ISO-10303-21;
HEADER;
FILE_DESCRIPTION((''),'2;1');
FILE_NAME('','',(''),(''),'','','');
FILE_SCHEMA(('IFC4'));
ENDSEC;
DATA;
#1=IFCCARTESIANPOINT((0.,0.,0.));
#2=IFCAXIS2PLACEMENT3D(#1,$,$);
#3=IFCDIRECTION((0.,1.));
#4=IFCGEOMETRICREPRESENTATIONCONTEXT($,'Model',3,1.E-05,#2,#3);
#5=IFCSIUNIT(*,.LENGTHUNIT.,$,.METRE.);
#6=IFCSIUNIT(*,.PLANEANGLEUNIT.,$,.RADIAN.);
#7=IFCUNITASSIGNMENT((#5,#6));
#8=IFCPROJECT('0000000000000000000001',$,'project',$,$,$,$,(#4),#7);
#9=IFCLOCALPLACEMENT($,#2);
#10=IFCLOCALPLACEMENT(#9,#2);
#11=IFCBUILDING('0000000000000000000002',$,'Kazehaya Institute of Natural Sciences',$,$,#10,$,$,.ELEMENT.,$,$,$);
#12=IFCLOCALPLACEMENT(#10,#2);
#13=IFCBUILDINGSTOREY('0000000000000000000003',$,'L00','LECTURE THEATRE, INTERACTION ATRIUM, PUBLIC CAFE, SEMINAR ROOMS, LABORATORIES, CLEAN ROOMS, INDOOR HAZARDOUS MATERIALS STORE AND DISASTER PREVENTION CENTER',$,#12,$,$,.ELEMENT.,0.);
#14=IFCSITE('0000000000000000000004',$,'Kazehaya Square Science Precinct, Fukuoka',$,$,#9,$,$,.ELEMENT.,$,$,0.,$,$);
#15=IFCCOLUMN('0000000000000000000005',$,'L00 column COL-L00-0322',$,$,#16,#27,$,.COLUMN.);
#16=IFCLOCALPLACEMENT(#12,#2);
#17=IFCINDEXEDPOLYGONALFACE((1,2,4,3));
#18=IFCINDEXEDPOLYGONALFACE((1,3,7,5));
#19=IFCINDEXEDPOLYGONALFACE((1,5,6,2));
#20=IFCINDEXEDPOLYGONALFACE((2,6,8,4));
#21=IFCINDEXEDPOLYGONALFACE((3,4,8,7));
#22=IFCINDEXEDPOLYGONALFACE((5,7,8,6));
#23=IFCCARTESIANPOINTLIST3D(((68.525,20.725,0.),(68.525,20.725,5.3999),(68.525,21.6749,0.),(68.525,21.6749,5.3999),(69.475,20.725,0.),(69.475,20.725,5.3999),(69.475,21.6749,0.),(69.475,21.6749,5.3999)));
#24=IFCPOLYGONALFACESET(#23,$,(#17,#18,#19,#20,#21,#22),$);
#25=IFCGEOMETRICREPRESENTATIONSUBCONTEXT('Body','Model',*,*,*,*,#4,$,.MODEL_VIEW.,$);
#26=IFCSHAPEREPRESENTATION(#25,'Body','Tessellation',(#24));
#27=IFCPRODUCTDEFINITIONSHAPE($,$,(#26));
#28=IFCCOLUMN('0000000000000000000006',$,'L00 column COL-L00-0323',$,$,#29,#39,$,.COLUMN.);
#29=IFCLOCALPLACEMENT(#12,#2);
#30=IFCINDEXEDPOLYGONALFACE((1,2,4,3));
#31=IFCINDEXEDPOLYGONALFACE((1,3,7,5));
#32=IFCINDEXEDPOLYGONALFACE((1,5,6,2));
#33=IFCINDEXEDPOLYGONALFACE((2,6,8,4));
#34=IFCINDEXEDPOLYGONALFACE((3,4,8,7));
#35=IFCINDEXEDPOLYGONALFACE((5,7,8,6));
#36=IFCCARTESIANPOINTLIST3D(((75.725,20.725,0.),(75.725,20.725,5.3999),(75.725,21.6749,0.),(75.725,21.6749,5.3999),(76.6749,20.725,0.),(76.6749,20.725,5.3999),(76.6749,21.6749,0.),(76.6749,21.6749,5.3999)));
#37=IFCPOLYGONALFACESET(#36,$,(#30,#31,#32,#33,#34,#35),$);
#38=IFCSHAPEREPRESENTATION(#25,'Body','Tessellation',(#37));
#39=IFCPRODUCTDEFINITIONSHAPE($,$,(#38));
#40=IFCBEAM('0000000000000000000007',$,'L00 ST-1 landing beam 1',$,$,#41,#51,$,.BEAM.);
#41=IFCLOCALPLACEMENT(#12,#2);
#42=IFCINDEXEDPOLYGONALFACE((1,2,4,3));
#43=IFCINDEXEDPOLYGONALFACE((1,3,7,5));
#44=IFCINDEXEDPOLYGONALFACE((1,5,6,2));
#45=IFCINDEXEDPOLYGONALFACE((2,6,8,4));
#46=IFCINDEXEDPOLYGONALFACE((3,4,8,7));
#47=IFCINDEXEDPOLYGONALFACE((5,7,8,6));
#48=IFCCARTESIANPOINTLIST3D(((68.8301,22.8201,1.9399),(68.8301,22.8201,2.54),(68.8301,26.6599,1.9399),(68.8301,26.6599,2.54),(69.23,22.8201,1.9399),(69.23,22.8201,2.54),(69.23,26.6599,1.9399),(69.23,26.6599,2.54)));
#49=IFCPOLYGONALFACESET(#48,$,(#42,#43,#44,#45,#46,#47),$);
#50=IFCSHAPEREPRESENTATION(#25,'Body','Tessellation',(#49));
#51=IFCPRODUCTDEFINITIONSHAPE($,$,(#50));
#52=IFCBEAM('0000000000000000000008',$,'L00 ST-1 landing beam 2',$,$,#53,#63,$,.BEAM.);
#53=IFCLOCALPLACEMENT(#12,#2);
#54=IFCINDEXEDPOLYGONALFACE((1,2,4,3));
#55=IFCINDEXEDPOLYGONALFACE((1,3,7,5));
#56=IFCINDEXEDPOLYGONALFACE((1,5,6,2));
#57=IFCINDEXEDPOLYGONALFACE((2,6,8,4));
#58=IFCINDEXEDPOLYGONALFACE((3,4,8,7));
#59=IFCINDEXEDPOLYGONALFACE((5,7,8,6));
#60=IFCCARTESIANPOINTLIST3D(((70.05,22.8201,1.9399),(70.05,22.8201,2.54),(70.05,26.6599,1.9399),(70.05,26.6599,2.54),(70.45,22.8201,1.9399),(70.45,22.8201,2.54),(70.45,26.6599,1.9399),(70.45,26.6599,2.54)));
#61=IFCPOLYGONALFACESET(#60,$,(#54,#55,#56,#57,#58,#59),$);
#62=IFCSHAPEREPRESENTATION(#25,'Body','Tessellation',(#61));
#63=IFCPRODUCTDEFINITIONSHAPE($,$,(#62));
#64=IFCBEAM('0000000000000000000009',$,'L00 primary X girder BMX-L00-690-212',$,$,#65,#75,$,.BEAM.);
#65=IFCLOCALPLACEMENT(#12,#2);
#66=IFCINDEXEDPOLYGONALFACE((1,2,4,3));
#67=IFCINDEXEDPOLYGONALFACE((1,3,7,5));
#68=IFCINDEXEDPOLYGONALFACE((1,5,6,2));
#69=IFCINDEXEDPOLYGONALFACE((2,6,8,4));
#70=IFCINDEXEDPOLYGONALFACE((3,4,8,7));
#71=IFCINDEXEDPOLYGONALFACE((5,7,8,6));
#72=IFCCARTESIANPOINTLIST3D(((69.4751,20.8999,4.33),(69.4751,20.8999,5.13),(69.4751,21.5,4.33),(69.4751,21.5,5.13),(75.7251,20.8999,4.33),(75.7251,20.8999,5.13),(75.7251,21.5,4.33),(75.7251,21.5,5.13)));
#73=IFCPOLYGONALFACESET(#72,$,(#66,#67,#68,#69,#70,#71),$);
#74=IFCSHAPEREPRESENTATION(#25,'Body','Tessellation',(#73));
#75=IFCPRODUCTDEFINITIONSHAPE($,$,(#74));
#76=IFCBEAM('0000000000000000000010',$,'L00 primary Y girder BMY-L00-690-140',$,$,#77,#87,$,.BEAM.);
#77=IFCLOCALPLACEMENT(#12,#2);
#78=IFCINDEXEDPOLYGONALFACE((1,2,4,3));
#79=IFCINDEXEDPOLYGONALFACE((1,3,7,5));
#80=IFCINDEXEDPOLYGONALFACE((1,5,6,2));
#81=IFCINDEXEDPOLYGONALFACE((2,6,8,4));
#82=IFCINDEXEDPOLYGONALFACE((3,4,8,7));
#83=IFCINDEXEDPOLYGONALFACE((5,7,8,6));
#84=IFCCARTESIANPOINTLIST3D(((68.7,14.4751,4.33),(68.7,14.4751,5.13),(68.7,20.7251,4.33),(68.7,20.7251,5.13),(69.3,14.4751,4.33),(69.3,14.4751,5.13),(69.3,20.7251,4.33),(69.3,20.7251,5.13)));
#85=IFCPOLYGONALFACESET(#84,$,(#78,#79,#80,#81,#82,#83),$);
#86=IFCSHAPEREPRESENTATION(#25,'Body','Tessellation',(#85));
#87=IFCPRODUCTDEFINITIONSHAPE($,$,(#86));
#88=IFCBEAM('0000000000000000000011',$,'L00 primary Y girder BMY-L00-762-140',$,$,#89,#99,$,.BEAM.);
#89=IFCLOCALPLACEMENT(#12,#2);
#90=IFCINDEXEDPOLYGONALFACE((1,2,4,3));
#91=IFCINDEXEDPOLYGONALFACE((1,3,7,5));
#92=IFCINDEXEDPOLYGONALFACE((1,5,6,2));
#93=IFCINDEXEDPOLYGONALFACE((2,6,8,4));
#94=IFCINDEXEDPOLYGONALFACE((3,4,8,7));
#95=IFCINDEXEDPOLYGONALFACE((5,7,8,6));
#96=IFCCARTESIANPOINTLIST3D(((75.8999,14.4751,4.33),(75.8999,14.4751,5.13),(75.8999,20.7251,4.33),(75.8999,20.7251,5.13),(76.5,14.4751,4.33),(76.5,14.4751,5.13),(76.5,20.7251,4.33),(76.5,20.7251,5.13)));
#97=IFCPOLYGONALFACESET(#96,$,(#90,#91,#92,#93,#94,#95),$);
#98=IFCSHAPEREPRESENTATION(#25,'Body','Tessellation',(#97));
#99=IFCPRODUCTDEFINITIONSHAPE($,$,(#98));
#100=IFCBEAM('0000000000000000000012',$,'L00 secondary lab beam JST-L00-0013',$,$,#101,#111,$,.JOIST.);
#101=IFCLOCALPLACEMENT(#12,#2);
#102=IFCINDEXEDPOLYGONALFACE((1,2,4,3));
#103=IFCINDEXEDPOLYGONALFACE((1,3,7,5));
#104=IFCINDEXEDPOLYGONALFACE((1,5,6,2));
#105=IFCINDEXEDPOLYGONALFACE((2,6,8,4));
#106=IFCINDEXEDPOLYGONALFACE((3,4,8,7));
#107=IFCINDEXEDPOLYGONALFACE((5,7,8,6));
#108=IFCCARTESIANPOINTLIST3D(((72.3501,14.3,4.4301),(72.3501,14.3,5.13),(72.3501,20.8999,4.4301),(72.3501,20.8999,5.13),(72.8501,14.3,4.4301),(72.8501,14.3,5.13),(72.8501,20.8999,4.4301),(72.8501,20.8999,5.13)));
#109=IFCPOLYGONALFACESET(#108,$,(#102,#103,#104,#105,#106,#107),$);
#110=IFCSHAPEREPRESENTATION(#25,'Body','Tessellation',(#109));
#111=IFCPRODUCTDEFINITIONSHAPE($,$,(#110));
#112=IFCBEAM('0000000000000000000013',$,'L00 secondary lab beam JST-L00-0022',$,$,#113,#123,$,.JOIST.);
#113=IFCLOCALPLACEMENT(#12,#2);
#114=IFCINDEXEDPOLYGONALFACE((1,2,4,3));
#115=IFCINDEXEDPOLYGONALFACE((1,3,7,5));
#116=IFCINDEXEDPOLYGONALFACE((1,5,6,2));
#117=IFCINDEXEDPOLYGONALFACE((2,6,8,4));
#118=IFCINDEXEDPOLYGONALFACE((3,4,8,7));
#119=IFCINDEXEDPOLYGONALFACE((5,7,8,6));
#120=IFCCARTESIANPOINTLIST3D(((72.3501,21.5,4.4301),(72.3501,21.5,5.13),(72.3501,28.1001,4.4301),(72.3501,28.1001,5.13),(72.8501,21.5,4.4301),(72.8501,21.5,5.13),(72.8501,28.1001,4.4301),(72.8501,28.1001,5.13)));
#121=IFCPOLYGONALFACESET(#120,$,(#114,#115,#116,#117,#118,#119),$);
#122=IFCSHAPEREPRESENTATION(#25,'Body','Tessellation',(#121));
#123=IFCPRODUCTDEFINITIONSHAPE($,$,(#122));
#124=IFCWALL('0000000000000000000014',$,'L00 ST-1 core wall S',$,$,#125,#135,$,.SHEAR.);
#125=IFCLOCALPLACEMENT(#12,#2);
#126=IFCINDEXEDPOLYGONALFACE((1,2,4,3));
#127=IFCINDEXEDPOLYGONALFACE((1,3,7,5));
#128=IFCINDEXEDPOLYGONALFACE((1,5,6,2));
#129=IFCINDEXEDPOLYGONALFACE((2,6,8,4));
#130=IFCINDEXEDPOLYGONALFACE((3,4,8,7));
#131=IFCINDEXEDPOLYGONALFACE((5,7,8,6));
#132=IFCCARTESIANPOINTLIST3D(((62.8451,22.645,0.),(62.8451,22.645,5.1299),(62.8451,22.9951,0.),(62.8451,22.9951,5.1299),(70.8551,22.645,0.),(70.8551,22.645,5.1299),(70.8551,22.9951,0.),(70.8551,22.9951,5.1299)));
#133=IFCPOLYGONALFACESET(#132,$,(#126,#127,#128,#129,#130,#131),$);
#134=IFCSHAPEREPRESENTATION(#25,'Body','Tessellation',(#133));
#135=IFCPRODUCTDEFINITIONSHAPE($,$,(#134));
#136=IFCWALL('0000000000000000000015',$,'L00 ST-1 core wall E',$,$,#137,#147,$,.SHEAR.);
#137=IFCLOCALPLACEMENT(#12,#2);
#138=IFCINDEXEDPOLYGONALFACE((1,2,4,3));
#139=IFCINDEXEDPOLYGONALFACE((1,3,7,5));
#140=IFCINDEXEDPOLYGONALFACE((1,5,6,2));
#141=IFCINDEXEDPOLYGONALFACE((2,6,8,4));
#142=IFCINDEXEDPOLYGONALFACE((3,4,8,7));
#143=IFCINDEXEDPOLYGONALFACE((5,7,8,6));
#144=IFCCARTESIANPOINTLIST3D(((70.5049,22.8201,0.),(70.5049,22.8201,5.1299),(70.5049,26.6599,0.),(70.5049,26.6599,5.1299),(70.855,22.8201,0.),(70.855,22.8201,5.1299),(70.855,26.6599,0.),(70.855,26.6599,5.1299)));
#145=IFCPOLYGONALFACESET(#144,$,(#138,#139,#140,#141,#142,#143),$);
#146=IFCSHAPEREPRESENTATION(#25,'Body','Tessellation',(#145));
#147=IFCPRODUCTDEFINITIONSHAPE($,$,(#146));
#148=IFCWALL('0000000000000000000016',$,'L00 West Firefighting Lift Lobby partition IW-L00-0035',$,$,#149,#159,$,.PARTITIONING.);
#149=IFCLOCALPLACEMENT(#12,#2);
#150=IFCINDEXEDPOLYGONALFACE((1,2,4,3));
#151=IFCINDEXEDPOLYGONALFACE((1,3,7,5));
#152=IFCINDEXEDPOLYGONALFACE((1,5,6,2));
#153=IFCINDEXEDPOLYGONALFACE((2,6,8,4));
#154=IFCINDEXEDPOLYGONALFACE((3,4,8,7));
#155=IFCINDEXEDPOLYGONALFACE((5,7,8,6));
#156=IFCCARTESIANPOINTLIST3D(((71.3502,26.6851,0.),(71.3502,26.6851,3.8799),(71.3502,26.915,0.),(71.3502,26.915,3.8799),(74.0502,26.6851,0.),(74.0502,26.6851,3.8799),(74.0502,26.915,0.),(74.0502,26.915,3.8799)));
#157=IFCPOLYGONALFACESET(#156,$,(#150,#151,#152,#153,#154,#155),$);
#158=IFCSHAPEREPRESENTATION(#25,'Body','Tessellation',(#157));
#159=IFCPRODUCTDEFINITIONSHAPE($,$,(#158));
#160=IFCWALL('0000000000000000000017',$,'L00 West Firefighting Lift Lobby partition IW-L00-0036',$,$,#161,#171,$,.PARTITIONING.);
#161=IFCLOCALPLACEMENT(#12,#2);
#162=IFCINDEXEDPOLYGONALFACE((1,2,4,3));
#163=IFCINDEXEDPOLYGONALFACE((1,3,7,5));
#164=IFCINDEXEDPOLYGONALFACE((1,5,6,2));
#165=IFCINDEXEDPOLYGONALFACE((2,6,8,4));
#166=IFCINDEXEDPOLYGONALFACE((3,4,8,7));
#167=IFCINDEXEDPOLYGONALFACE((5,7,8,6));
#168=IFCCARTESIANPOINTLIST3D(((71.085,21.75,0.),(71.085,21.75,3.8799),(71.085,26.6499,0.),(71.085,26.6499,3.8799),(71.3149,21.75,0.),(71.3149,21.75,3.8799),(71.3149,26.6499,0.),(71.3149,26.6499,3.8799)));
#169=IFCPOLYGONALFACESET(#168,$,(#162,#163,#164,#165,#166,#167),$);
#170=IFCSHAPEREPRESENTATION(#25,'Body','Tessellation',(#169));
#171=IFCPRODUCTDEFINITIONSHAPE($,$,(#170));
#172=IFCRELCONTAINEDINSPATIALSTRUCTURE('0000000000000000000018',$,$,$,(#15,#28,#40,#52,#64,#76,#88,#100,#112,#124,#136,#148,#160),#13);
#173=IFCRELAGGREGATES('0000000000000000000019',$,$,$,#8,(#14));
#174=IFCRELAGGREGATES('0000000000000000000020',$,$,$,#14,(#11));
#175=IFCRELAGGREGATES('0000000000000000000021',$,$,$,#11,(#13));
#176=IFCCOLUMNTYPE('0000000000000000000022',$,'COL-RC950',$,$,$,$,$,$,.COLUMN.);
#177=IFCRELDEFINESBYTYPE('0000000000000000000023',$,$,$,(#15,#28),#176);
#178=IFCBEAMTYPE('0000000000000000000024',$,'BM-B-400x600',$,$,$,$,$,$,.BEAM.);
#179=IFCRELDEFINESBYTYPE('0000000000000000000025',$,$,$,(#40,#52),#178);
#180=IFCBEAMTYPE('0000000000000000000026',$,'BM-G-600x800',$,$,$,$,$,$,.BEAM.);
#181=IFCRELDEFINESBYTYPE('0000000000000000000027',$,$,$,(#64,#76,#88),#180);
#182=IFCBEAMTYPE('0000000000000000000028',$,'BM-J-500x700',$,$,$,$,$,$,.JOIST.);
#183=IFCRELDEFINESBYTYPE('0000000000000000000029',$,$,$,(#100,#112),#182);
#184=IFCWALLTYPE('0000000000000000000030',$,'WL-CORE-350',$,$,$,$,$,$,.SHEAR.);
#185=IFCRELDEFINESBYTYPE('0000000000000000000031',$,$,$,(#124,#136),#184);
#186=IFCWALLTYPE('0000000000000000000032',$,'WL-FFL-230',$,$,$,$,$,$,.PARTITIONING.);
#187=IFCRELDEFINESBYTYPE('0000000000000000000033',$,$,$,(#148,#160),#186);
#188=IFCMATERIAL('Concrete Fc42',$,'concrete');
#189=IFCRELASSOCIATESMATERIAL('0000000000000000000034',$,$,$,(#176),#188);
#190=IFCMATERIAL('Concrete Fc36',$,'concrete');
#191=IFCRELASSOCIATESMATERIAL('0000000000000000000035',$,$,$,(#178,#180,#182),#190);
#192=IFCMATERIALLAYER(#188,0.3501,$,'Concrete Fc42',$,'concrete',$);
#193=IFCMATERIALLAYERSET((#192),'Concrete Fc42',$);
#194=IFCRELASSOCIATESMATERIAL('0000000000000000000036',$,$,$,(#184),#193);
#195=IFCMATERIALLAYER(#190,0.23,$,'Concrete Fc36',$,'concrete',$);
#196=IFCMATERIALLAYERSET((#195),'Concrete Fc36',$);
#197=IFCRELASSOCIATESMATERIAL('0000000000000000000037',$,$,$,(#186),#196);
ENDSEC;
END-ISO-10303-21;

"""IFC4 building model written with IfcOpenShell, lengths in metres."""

from ifc_helpers import new_model, si_unit, direction, frame, frame_2d, origin, origin_2d, place, context, subcontext, project, spatial, rectangle, extrude, material, layer, layer_set, material_profile, profile_set, type_object, element, save


model = new_model("IFC4")

# Units and contexts
model_context = context("Model", 3, precision=1e-05, world=origin(), true_north=direction((0.0, 1.0)))
body_context = subcontext(model_context, "Body", "Model", "MODEL_VIEW")
ifc_project = project(units=[si_unit("LENGTHUNIT", "METRE"), si_unit("PLANEANGLEUNIT", "RADIAN")], contexts=[model_context])

# Site, building, storey
site_placement = place(None, origin())
site = spatial("IfcSite", under=ifc_project, at=site_placement, Name="Kazehaya Square Science Precinct, Fukuoka", CompositionType="ELEMENT", RefElevation=0.0)
building_placement = place(site_placement, origin())
building = spatial("IfcBuilding", under=site, at=building_placement, Name="Kazehaya Institute of Natural Sciences", CompositionType="ELEMENT")
storey_placement = place(building_placement, origin())
storey = spatial("IfcBuildingStorey", under=building, at=storey_placement, Name="L00", Description="LECTURE THEATRE, INTERACTION ATRIUM, PUBLIC CAFE, SEMINAR ROOMS, LABORATORIES, CLEAN ROOMS, INDOOR HAZARDOUS MATERIALS STORE AND DISASTER PREVENTION CENTER", CompositionType="ELEMENT", Elevation=0.0)

# Columns
ifc_material_1 = material(Name="Concrete Fc42", Category="concrete")
ifc_material_profile_1 = material_profile(ifc_material_1, rectangle(XDim=0.95, YDim=0.95, at=origin_2d()), Name="RC-950x950")
ifc_profile_set_1 = profile_set([ifc_material_profile_1], Name="Concrete Fc42")
column_type = type_object("IfcColumnType", Name="COL-RC950", PredefinedType="COLUMN", material=ifc_profile_set_1)
for number, where, z_axis, x_axis, name in (
    (1, (69.0, 21.2, 0.0), (0.0, 0.0, 1.0), (1.0, 0.0, 0.0), "L00 column COL-L00-0322"),
    (2, (76.2, 21.2, 0.0), (0.0, 0.0, 1.0), (1.0, 0.0, 0.0), "L00 column COL-L00-0323"),
):
    element("IfcColumn", number, at=place(storey_placement, frame(where, z_axis=z_axis, x_axis=x_axis)), inside=storey, type_object=column_type, Name=name, PredefinedType="COLUMN", context=body_context, shape_type="SweptSolid", body=[
        extrude(rectangle(XDim=0.95, YDim=0.95, at=origin_2d()), origin(), (0.0, 0.0, 1.0), 5.3999),
    ])

# Beams
ifc_material_2 = material(Name="Concrete Fc36", Category="concrete")
ifc_material_profile_2 = material_profile(ifc_material_2, rectangle(XDim=0.3999, YDim=0.6001, at=origin_2d()), Name="RC-400x600")
ifc_profile_set_2 = profile_set([ifc_material_profile_2], Name="Concrete Fc36")
beam_type_1 = type_object("IfcBeamType", Name="BM-B-400x600", PredefinedType="BEAM", material=ifc_profile_set_2)
for number, where, z_axis, x_axis, name in (
    (3, (69.03, 22.8201, 2.24), (0.0, 1.0, 0.0), (-1.0, 0.0, 0.0), "L00 ST-1 landing beam 1"),
    (4, (70.25, 22.8201, 2.24), (0.0, 1.0, 0.0), (-1.0, 0.0, 0.0), "L00 ST-1 landing beam 2"),
):
    element("IfcBeam", number, at=place(storey_placement, frame(where, z_axis=z_axis, x_axis=x_axis)), inside=storey, type_object=beam_type_1, Name=name, PredefinedType="BEAM", context=body_context, shape_type="SweptSolid", body=[
        extrude(rectangle(XDim=0.3999, YDim=0.6001, at=origin_2d()), origin(), (0.0, 0.0, 1.0), 3.8398),
    ])
ifc_material_profile_3 = material_profile(ifc_material_2, rectangle(XDim=0.6001, YDim=0.8, at=origin_2d()), Name="RC-600x800")
ifc_profile_set_3 = profile_set([ifc_material_profile_3], Name="Concrete Fc36")
beam_type_2 = type_object("IfcBeamType", Name="BM-G-600x800", PredefinedType="BEAM", material=ifc_profile_set_3)
for number, where, z_axis, x_axis, name in (
    (5, (69.4751, 21.2, 4.73), (1.0, 0.0, 0.0), (0.0, 1.0, 0.0), "L00 primary X girder BMX-L00-690-212"),
    (6, (69.0, 14.4751, 4.73), (0.0, 1.0, 0.0), (-1.0, 0.0, 0.0), "L00 primary Y girder BMY-L00-690-140"),
    (7, (76.2, 14.4751, 4.73), (0.0, 1.0, 0.0), (-1.0, 0.0, 0.0), "L00 primary Y girder BMY-L00-762-140"),
):
    element("IfcBeam", number, at=place(storey_placement, frame(where, z_axis=z_axis, x_axis=x_axis)), inside=storey, type_object=beam_type_2, Name=name, PredefinedType="BEAM", context=body_context, shape_type="SweptSolid", body=[
        extrude(rectangle(XDim=0.6001, YDim=0.8, at=origin_2d()), origin(), (0.0, 0.0, 1.0), 6.25),
    ])
ifc_material_profile_4 = material_profile(ifc_material_2, rectangle(XDim=0.5, YDim=0.7, at=origin_2d()), Name="RC-500x700")
ifc_profile_set_4 = profile_set([ifc_material_profile_4], Name="Concrete Fc36")
beam_type_3 = type_object("IfcBeamType", Name="BM-J-500x700", PredefinedType="JOIST", material=ifc_profile_set_4)
beam_1_placement = place(storey_placement, frame((72.6001, 14.3, 4.78), z_axis=(0.0, 1.0, 0.0), x_axis=(-1.0, 0.0, 0.0)))
element("IfcBeam", 8, at=beam_1_placement, inside=storey, type_object=beam_type_3, Name="L00 secondary lab beam JST-L00-0013", PredefinedType="JOIST", context=body_context, shape_type="SweptSolid", body=[
    extrude(rectangle(XDim=0.5, YDim=0.7, at=origin_2d()), origin(), (0.0, 0.0, 1.0), 6.5999),
])
beam_2_placement = place(storey_placement, frame((72.6001, 21.5, 4.78), z_axis=(0.0, 1.0, 0.0), x_axis=(-1.0, 0.0, 0.0)))
element("IfcBeam", 9, at=beam_2_placement, inside=storey, type_object=beam_type_3, Name="L00 secondary lab beam JST-L00-0022", PredefinedType="JOIST", context=body_context, shape_type="SweptSolid", body=[
    extrude(rectangle(XDim=0.5, YDim=0.7, at=origin_2d()), origin(), (0.0, 0.0, 1.0), 6.6001),
])

# Walls
ifc_layer_1 = layer(ifc_material_1, 0.3501, Name="Concrete Fc42", Category="concrete")
ifc_layer_set_1 = layer_set([ifc_layer_1], Name="Concrete Fc42")
wall_type_1 = type_object("IfcWallType", Name="WL-CORE-350", PredefinedType="SHEAR", material=ifc_layer_set_1)
wall_1_placement = place(storey_placement, frame((70.855, 22.8201, 0.0), z_axis=(0.0, 0.0, 1.0), x_axis=(-1.0, 0.0, 0.0)))
element("IfcWall", 10, at=wall_1_placement, inside=storey, type_object=wall_type_1, Name="L00 ST-1 core wall S", PredefinedType="SHEAR", context=body_context, shape_type="SweptSolid", body=[
    extrude(rectangle(XDim=8.01, YDim=0.3501, at=frame_2d((4.0049, 0.0))), origin(), (0.0, 0.0, 1.0), 5.1299),
])
wall_2_placement = place(storey_placement, frame((70.6799, 26.6599, 0.0), z_axis=(0.0, 0.0, 1.0), x_axis=(0.0, -1.0, 0.0)))
element("IfcWall", 11, at=wall_2_placement, inside=storey, type_object=wall_type_1, Name="L00 ST-1 core wall E", PredefinedType="SHEAR", context=body_context, shape_type="SweptSolid", body=[
    extrude(rectangle(XDim=3.8398, YDim=0.3501, at=frame_2d((1.9199, 0.0))), origin(), (0.0, 0.0, 1.0), 5.1299),
])

# Shared definitions
ifc_layer_2 = layer(ifc_material_2, 0.23, Name="Concrete Fc36", Category="concrete")
ifc_layer_set_2 = layer_set([ifc_layer_2], Name="Concrete Fc36")
wall_type_2 = type_object("IfcWallType", Name="WL-FFL-230", PredefinedType="PARTITIONING", material=ifc_layer_set_2)

# Walls
wall_3_placement = place(storey_placement, frame((71.3501, 26.8, 0.0), z_axis=(0.0, 0.0, 1.0), x_axis=(1.0, 0.0, 0.0)))
element("IfcWall", 12, at=wall_3_placement, inside=storey, type_object=wall_type_2, Name="L00 West Firefighting Lift Lobby partition IW-L00-0035", PredefinedType="PARTITIONING", context=body_context, shape_type="SweptSolid", body=[
    extrude(rectangle(XDim=2.7, YDim=0.23, at=frame_2d((1.3501, 0.0))), origin(), (0.0, 0.0, 1.0), 3.8799),
])
wall_4_placement = place(storey_placement, frame((71.2, 21.75, 0.0), z_axis=(0.0, 0.0, 1.0), x_axis=(0.0, 1.0, 0.0)))
element("IfcWall", 13, at=wall_4_placement, inside=storey, type_object=wall_type_2, Name="L00 West Firefighting Lift Lobby partition IW-L00-0036", PredefinedType="PARTITIONING", context=body_context, shape_type="SweptSolid", body=[
    extrude(rectangle(XDim=4.8999, YDim=0.23, at=frame_2d((2.45, 0.0))), origin(), (0.0, 0.0, 1.0), 3.8799),
])

save(model, "model.ifc")
